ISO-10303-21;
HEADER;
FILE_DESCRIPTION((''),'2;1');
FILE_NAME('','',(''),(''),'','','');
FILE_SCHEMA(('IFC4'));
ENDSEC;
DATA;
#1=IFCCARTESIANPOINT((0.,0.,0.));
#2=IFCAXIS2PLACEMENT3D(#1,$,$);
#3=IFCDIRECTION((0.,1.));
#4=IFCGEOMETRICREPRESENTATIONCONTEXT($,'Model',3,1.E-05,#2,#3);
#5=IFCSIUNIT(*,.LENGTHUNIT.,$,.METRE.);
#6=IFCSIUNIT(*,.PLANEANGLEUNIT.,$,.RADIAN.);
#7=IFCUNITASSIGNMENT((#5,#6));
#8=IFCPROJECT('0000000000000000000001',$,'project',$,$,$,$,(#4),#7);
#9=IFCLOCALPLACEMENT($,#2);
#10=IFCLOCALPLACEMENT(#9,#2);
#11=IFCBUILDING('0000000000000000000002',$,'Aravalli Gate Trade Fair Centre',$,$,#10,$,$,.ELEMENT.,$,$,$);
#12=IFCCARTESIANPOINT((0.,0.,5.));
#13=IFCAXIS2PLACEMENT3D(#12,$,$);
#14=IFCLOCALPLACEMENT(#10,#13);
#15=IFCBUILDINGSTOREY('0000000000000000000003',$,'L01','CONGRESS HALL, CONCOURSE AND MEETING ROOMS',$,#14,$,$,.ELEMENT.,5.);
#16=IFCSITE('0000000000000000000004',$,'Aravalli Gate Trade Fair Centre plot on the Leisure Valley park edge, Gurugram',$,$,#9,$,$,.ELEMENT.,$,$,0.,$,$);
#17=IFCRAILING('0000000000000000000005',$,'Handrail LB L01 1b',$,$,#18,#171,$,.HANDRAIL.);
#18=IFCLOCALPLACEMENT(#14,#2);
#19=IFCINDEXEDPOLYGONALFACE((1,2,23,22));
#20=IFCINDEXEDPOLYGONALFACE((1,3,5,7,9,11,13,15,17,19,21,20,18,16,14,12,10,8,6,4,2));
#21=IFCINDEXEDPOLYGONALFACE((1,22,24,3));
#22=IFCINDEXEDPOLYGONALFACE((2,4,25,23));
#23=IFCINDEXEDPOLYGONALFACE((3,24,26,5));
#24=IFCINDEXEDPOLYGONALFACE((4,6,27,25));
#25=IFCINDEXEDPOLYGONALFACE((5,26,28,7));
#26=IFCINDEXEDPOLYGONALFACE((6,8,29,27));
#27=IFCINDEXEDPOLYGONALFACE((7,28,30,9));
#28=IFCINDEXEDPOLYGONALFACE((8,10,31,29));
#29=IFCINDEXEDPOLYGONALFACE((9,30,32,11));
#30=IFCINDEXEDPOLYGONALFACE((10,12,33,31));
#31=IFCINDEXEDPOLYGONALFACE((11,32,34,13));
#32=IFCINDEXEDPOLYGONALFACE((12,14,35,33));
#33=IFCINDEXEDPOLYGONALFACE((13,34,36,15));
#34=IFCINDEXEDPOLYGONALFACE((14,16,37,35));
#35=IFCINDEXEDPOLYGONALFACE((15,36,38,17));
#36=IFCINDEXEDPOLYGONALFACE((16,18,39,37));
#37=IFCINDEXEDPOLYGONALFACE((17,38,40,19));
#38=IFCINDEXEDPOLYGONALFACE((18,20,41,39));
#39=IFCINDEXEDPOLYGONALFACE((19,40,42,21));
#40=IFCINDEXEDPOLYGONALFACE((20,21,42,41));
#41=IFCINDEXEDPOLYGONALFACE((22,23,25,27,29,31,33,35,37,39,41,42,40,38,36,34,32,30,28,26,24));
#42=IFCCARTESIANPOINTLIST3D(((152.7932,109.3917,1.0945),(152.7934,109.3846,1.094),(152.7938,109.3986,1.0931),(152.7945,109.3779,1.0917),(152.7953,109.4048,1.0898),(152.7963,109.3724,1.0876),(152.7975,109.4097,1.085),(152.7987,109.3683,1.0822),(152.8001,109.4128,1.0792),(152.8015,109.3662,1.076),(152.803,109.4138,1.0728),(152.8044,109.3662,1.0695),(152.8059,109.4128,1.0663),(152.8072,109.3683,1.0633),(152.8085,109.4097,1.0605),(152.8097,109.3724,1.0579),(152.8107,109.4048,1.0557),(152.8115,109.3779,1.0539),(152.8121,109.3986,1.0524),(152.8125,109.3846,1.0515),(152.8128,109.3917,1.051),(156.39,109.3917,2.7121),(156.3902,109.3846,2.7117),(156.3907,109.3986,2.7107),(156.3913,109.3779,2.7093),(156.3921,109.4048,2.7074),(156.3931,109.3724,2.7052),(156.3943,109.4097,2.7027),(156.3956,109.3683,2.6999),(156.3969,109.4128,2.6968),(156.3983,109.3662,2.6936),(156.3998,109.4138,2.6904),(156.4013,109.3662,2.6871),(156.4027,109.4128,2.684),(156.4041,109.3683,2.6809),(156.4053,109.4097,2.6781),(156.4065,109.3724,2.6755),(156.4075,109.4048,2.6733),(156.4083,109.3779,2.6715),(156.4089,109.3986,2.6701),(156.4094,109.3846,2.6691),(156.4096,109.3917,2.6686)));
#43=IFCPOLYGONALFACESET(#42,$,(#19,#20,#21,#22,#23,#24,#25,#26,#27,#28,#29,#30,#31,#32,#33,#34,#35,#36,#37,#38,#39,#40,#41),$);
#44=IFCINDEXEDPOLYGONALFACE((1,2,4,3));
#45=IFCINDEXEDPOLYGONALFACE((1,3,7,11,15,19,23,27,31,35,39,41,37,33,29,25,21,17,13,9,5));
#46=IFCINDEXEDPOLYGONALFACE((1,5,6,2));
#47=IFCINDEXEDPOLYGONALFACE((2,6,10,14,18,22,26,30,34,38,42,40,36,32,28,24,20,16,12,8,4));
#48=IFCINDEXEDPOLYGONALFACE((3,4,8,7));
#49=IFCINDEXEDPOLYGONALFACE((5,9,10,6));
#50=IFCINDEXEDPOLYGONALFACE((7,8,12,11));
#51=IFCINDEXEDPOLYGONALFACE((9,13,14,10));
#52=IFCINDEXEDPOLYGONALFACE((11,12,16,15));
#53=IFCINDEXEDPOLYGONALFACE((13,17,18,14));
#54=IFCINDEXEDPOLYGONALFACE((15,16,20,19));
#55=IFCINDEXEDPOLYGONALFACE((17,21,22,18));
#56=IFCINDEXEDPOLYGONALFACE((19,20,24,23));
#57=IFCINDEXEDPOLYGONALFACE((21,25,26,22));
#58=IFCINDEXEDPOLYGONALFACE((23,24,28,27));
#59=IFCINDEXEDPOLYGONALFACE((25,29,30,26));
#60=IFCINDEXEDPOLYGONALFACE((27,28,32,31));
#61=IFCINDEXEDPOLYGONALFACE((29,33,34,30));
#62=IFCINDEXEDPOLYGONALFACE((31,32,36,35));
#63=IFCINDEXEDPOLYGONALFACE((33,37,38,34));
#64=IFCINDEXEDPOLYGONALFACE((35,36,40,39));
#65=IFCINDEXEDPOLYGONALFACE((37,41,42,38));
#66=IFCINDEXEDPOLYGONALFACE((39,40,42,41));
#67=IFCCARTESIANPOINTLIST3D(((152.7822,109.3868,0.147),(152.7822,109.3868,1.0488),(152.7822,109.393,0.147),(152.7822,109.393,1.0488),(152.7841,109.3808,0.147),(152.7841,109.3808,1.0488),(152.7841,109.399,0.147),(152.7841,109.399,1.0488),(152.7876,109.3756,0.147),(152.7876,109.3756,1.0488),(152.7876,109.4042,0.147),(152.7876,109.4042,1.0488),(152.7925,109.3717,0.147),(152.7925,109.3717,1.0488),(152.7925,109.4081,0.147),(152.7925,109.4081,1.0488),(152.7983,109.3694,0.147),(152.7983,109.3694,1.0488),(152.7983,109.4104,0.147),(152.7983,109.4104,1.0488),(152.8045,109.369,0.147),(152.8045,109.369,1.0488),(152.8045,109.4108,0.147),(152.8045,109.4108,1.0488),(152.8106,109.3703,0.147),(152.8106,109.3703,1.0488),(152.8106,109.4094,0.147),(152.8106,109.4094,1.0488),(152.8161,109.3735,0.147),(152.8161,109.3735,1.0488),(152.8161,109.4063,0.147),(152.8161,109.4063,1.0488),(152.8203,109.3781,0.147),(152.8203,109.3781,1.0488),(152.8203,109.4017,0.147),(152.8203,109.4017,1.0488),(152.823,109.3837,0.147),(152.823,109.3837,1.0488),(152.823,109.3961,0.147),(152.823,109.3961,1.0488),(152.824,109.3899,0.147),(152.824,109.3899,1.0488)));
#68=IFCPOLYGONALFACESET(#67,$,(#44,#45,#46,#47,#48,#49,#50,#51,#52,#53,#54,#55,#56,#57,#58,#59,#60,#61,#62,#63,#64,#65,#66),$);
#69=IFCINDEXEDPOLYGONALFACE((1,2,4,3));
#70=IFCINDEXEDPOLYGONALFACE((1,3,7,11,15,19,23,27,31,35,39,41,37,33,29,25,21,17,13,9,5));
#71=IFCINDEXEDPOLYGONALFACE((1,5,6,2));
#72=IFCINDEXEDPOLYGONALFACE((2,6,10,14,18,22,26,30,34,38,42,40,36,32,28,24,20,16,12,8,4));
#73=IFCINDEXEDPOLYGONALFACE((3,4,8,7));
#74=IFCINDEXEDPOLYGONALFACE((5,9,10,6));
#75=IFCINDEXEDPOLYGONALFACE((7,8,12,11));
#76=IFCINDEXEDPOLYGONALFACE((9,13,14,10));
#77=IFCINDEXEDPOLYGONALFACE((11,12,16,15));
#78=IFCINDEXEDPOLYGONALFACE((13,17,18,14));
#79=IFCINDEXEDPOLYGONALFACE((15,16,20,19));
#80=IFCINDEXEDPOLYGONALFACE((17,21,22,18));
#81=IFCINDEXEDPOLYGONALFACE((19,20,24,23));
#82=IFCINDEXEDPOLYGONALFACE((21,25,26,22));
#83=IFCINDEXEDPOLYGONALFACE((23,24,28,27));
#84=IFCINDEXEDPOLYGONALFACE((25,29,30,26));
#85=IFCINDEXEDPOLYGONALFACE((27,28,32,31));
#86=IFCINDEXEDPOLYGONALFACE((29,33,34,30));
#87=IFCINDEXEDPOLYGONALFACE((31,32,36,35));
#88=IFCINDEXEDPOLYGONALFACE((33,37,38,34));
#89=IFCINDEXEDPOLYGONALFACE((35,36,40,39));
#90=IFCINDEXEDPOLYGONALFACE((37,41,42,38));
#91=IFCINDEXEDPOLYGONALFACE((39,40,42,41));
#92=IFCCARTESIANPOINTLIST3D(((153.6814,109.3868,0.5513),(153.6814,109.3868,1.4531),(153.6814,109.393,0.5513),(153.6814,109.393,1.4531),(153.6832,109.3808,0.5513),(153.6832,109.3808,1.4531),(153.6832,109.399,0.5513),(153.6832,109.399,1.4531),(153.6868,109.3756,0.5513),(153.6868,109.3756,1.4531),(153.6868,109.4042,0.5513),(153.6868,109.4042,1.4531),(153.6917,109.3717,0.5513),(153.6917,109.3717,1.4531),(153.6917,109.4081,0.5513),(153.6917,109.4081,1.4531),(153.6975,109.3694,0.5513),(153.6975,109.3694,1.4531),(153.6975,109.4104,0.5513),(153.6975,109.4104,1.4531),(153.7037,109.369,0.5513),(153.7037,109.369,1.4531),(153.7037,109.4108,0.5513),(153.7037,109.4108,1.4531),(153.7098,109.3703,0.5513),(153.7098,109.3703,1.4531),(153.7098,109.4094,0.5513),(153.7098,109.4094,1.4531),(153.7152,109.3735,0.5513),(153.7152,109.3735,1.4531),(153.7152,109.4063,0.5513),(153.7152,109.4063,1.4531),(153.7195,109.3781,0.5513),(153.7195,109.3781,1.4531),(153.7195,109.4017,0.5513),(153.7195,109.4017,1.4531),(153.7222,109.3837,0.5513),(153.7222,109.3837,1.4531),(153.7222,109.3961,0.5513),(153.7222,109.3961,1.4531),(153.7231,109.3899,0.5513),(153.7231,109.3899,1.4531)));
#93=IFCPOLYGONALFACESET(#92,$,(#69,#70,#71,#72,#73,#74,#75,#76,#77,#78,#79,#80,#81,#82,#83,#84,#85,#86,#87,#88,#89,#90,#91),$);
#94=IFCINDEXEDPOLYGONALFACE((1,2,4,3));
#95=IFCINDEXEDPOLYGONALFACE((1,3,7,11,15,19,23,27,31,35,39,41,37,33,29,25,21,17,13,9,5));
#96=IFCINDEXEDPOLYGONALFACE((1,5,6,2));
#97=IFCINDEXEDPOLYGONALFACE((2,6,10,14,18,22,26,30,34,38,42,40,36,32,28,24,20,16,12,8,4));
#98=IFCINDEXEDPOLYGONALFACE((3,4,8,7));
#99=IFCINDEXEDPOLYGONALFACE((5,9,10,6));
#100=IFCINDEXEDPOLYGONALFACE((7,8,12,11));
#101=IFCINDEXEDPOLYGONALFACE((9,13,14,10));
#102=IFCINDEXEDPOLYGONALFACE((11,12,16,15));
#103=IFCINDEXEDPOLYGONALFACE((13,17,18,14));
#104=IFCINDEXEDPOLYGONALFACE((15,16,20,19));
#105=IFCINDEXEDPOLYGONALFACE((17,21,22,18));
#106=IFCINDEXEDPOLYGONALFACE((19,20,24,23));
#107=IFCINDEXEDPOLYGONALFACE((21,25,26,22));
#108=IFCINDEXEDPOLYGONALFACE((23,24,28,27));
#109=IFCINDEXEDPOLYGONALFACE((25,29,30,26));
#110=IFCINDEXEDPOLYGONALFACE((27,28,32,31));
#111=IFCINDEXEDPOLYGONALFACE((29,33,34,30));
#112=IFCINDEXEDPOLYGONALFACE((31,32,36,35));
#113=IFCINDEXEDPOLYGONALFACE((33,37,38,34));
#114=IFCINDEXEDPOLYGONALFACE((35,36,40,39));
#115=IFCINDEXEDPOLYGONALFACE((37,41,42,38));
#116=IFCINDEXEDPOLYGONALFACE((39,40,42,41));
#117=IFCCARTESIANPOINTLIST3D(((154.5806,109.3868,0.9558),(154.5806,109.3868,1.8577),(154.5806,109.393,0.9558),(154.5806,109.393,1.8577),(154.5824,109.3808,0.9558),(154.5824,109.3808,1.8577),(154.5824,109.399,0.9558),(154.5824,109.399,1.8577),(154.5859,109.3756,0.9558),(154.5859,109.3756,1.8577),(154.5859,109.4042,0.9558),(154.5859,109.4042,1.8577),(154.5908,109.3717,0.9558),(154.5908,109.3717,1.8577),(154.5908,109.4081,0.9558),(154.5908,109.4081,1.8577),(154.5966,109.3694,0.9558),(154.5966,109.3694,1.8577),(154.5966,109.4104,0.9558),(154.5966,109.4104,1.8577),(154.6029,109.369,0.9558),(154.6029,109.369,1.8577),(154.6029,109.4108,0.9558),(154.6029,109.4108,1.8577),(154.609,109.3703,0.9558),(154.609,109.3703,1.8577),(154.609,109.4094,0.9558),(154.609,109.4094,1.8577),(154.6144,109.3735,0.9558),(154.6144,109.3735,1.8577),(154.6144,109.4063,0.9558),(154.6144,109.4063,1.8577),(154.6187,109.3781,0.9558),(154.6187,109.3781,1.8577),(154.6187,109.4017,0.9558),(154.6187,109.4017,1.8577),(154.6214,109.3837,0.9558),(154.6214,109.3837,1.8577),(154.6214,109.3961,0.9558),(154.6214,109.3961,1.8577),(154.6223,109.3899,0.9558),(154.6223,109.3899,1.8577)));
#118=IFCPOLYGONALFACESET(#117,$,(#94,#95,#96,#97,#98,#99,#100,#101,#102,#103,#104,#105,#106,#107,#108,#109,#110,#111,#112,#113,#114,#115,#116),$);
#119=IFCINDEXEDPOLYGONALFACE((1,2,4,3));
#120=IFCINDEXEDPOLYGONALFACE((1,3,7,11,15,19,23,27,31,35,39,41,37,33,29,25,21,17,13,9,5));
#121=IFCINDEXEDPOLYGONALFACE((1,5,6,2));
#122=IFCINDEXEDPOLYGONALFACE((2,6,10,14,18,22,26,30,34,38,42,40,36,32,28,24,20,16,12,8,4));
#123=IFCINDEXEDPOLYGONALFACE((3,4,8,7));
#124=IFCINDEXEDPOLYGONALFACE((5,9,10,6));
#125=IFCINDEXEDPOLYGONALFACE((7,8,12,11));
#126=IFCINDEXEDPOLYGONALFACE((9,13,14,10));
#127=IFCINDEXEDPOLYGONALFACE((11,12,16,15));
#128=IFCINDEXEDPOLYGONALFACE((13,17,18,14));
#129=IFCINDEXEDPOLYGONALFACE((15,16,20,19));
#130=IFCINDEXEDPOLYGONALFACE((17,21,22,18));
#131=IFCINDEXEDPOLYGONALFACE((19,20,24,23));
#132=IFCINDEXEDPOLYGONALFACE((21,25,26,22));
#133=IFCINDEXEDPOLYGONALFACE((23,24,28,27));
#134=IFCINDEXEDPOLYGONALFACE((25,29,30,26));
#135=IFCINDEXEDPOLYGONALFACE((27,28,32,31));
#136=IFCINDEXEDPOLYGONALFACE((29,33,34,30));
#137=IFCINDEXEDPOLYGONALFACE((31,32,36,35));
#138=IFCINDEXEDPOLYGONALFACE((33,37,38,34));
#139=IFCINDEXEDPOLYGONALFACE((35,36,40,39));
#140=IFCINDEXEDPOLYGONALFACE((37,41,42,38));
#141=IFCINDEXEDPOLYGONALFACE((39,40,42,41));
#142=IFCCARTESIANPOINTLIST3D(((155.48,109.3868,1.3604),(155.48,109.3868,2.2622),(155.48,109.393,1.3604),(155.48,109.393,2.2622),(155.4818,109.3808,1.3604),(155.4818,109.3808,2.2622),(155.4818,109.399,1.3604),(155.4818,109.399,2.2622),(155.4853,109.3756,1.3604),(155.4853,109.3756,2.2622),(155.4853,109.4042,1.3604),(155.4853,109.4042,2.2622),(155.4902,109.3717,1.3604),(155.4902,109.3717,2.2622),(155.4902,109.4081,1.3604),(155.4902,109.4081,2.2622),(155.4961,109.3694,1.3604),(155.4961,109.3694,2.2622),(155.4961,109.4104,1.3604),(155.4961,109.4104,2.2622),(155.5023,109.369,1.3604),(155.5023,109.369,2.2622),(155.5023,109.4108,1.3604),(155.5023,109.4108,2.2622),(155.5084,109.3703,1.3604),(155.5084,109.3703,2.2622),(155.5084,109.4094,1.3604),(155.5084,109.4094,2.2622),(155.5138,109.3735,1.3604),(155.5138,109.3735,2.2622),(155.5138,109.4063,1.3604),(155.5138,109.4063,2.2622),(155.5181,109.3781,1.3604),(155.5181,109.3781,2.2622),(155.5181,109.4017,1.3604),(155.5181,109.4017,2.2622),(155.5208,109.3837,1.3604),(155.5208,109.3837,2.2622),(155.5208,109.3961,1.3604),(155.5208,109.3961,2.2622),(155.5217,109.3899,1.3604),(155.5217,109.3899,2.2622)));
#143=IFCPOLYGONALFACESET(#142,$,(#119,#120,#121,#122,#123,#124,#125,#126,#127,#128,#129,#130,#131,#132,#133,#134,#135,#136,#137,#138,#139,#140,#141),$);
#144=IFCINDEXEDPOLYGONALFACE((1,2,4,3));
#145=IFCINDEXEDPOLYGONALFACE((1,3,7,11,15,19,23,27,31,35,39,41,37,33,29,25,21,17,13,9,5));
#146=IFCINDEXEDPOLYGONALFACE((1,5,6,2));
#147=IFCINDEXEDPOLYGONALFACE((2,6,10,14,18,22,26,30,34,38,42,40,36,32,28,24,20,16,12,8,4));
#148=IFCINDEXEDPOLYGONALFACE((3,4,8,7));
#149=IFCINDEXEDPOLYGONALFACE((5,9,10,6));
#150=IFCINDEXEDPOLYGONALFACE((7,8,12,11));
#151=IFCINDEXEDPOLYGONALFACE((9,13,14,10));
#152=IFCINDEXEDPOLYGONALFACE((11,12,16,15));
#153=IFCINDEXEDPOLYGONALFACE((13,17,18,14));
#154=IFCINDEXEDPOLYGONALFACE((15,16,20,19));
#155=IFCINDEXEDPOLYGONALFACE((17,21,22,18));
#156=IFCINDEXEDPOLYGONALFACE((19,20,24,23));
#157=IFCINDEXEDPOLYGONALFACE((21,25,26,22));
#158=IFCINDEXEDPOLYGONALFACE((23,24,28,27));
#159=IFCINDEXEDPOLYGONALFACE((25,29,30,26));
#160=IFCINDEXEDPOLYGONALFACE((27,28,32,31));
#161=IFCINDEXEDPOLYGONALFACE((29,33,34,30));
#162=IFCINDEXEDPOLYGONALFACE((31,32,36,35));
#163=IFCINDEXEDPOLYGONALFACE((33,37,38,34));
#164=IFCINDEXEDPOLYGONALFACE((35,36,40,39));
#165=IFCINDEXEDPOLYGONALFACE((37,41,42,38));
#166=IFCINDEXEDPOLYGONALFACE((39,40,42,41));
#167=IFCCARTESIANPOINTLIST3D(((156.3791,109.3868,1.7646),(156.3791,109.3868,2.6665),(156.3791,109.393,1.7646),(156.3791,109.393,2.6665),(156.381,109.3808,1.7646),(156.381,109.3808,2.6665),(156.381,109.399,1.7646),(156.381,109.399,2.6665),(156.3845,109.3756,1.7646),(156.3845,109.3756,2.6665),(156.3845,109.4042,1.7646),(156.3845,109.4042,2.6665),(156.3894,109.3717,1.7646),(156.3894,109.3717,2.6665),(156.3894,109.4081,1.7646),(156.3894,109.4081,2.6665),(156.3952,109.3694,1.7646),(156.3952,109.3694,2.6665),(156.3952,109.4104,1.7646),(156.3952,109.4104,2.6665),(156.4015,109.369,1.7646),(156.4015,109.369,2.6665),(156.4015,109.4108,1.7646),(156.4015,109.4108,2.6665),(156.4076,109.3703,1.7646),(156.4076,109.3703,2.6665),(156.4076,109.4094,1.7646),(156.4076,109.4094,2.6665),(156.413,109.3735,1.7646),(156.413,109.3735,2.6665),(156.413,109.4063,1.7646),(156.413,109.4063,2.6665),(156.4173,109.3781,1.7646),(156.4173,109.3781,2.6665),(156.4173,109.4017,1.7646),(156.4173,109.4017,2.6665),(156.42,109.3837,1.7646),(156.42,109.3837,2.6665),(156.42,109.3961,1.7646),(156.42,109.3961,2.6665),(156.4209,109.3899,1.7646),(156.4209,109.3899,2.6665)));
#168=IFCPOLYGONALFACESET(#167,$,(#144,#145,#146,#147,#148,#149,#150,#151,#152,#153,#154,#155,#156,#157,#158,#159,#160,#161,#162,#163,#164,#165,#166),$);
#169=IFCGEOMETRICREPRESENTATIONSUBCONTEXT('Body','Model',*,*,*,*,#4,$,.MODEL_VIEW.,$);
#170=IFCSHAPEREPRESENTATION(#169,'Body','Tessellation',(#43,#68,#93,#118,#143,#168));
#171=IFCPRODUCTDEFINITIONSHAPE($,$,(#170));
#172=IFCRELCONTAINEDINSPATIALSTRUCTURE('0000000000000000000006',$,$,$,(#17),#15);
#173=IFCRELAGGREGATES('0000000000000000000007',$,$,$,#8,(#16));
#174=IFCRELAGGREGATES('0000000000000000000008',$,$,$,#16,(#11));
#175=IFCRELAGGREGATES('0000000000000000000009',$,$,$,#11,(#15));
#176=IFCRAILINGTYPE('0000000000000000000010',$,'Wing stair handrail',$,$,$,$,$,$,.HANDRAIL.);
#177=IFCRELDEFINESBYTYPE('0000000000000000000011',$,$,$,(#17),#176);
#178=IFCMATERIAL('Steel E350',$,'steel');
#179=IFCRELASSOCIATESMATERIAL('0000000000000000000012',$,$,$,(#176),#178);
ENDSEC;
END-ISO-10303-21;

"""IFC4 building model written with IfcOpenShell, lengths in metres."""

from ifc_helpers import new_model, si_unit, direction, frame, origin, origin_2d, place, context, subcontext, project, spatial, circle, extrude, material, type_object, element, save


model = new_model("IFC4")

# Units and contexts
model_context = context("Model", 3, precision=1e-05, world=origin(), true_north=direction((0.0, 1.0)))
body_context = subcontext(model_context, "Body", "Model", "MODEL_VIEW")
ifc_project = project(units=[si_unit("LENGTHUNIT", "METRE"), si_unit("PLANEANGLEUNIT", "RADIAN")], contexts=[model_context])

# Site, building, storey
site_placement = place(None, origin())
site = spatial("IfcSite", under=ifc_project, at=site_placement, Name="Aravalli Gate Trade Fair Centre plot on the Leisure Valley park edge, Gurugram", CompositionType="ELEMENT", RefElevation=0.0)
building_placement = place(site_placement, origin())
building = spatial("IfcBuilding", under=site, at=building_placement, Name="Aravalli Gate Trade Fair Centre", CompositionType="ELEMENT")
storey_placement = place(building_placement, frame((0.0, 0.0, 5.0)))
storey = spatial("IfcBuildingStorey", under=building, at=storey_placement, Name="L01", Description="CONGRESS HALL, CONCOURSE AND MEETING ROOMS", CompositionType="ELEMENT", Elevation=5.0)

# Shared definitions
ifc_material_1 = material(Name="Steel E350", Category="steel")

# Railing
railing_type_1 = type_object("IfcRailingType", Name="Wing stair handrail", PredefinedType="HANDRAIL", material=ifc_material_1)
for number, where, name in (
    (1, (152.803, 109.3899, 0.147), "Handrail LB L01 1b"),
):
    element("IfcRailing", number, at=place(storey_placement, frame(where)), inside=storey, type_object=railing_type_1, Name=name, PredefinedType="HANDRAIL", context=body_context, shape_type="SweptSolid", body=[
        extrude(circle(Radius=0.0239, at=origin_2d()), frame((0.0, 0.0, 0.9258), z_axis=(0.912011, 0.0, 0.410166), x_axis=(0.0, 1.0, 0.0)), (0.0, 0.0, 1.0), 3.9438),
        extrude(circle(Radius=0.021, at=origin_2d()), origin(), (0.0, 0.0, 1.0), 0.9019),
        extrude(circle(Radius=0.021, at=origin_2d()), frame((0.8992, 0.0, 0.4043)), (0.0, 0.0, 1.0), 0.9019),
        extrude(circle(Radius=0.021, at=origin_2d()), frame((1.7983, 0.0, 0.8088)), (0.0, 0.0, 1.0), 0.9019),
        extrude(circle(Radius=0.021, at=origin_2d()), frame((2.6978, 0.0, 1.2134)), (0.0, 0.0, 1.0), 0.9019),
        extrude(circle(Radius=0.021, at=origin_2d()), frame((3.5969, 0.0, 1.6177)), (0.0, 0.0, 1.0), 0.9019),
    ])

save(model, "model.ifc")
